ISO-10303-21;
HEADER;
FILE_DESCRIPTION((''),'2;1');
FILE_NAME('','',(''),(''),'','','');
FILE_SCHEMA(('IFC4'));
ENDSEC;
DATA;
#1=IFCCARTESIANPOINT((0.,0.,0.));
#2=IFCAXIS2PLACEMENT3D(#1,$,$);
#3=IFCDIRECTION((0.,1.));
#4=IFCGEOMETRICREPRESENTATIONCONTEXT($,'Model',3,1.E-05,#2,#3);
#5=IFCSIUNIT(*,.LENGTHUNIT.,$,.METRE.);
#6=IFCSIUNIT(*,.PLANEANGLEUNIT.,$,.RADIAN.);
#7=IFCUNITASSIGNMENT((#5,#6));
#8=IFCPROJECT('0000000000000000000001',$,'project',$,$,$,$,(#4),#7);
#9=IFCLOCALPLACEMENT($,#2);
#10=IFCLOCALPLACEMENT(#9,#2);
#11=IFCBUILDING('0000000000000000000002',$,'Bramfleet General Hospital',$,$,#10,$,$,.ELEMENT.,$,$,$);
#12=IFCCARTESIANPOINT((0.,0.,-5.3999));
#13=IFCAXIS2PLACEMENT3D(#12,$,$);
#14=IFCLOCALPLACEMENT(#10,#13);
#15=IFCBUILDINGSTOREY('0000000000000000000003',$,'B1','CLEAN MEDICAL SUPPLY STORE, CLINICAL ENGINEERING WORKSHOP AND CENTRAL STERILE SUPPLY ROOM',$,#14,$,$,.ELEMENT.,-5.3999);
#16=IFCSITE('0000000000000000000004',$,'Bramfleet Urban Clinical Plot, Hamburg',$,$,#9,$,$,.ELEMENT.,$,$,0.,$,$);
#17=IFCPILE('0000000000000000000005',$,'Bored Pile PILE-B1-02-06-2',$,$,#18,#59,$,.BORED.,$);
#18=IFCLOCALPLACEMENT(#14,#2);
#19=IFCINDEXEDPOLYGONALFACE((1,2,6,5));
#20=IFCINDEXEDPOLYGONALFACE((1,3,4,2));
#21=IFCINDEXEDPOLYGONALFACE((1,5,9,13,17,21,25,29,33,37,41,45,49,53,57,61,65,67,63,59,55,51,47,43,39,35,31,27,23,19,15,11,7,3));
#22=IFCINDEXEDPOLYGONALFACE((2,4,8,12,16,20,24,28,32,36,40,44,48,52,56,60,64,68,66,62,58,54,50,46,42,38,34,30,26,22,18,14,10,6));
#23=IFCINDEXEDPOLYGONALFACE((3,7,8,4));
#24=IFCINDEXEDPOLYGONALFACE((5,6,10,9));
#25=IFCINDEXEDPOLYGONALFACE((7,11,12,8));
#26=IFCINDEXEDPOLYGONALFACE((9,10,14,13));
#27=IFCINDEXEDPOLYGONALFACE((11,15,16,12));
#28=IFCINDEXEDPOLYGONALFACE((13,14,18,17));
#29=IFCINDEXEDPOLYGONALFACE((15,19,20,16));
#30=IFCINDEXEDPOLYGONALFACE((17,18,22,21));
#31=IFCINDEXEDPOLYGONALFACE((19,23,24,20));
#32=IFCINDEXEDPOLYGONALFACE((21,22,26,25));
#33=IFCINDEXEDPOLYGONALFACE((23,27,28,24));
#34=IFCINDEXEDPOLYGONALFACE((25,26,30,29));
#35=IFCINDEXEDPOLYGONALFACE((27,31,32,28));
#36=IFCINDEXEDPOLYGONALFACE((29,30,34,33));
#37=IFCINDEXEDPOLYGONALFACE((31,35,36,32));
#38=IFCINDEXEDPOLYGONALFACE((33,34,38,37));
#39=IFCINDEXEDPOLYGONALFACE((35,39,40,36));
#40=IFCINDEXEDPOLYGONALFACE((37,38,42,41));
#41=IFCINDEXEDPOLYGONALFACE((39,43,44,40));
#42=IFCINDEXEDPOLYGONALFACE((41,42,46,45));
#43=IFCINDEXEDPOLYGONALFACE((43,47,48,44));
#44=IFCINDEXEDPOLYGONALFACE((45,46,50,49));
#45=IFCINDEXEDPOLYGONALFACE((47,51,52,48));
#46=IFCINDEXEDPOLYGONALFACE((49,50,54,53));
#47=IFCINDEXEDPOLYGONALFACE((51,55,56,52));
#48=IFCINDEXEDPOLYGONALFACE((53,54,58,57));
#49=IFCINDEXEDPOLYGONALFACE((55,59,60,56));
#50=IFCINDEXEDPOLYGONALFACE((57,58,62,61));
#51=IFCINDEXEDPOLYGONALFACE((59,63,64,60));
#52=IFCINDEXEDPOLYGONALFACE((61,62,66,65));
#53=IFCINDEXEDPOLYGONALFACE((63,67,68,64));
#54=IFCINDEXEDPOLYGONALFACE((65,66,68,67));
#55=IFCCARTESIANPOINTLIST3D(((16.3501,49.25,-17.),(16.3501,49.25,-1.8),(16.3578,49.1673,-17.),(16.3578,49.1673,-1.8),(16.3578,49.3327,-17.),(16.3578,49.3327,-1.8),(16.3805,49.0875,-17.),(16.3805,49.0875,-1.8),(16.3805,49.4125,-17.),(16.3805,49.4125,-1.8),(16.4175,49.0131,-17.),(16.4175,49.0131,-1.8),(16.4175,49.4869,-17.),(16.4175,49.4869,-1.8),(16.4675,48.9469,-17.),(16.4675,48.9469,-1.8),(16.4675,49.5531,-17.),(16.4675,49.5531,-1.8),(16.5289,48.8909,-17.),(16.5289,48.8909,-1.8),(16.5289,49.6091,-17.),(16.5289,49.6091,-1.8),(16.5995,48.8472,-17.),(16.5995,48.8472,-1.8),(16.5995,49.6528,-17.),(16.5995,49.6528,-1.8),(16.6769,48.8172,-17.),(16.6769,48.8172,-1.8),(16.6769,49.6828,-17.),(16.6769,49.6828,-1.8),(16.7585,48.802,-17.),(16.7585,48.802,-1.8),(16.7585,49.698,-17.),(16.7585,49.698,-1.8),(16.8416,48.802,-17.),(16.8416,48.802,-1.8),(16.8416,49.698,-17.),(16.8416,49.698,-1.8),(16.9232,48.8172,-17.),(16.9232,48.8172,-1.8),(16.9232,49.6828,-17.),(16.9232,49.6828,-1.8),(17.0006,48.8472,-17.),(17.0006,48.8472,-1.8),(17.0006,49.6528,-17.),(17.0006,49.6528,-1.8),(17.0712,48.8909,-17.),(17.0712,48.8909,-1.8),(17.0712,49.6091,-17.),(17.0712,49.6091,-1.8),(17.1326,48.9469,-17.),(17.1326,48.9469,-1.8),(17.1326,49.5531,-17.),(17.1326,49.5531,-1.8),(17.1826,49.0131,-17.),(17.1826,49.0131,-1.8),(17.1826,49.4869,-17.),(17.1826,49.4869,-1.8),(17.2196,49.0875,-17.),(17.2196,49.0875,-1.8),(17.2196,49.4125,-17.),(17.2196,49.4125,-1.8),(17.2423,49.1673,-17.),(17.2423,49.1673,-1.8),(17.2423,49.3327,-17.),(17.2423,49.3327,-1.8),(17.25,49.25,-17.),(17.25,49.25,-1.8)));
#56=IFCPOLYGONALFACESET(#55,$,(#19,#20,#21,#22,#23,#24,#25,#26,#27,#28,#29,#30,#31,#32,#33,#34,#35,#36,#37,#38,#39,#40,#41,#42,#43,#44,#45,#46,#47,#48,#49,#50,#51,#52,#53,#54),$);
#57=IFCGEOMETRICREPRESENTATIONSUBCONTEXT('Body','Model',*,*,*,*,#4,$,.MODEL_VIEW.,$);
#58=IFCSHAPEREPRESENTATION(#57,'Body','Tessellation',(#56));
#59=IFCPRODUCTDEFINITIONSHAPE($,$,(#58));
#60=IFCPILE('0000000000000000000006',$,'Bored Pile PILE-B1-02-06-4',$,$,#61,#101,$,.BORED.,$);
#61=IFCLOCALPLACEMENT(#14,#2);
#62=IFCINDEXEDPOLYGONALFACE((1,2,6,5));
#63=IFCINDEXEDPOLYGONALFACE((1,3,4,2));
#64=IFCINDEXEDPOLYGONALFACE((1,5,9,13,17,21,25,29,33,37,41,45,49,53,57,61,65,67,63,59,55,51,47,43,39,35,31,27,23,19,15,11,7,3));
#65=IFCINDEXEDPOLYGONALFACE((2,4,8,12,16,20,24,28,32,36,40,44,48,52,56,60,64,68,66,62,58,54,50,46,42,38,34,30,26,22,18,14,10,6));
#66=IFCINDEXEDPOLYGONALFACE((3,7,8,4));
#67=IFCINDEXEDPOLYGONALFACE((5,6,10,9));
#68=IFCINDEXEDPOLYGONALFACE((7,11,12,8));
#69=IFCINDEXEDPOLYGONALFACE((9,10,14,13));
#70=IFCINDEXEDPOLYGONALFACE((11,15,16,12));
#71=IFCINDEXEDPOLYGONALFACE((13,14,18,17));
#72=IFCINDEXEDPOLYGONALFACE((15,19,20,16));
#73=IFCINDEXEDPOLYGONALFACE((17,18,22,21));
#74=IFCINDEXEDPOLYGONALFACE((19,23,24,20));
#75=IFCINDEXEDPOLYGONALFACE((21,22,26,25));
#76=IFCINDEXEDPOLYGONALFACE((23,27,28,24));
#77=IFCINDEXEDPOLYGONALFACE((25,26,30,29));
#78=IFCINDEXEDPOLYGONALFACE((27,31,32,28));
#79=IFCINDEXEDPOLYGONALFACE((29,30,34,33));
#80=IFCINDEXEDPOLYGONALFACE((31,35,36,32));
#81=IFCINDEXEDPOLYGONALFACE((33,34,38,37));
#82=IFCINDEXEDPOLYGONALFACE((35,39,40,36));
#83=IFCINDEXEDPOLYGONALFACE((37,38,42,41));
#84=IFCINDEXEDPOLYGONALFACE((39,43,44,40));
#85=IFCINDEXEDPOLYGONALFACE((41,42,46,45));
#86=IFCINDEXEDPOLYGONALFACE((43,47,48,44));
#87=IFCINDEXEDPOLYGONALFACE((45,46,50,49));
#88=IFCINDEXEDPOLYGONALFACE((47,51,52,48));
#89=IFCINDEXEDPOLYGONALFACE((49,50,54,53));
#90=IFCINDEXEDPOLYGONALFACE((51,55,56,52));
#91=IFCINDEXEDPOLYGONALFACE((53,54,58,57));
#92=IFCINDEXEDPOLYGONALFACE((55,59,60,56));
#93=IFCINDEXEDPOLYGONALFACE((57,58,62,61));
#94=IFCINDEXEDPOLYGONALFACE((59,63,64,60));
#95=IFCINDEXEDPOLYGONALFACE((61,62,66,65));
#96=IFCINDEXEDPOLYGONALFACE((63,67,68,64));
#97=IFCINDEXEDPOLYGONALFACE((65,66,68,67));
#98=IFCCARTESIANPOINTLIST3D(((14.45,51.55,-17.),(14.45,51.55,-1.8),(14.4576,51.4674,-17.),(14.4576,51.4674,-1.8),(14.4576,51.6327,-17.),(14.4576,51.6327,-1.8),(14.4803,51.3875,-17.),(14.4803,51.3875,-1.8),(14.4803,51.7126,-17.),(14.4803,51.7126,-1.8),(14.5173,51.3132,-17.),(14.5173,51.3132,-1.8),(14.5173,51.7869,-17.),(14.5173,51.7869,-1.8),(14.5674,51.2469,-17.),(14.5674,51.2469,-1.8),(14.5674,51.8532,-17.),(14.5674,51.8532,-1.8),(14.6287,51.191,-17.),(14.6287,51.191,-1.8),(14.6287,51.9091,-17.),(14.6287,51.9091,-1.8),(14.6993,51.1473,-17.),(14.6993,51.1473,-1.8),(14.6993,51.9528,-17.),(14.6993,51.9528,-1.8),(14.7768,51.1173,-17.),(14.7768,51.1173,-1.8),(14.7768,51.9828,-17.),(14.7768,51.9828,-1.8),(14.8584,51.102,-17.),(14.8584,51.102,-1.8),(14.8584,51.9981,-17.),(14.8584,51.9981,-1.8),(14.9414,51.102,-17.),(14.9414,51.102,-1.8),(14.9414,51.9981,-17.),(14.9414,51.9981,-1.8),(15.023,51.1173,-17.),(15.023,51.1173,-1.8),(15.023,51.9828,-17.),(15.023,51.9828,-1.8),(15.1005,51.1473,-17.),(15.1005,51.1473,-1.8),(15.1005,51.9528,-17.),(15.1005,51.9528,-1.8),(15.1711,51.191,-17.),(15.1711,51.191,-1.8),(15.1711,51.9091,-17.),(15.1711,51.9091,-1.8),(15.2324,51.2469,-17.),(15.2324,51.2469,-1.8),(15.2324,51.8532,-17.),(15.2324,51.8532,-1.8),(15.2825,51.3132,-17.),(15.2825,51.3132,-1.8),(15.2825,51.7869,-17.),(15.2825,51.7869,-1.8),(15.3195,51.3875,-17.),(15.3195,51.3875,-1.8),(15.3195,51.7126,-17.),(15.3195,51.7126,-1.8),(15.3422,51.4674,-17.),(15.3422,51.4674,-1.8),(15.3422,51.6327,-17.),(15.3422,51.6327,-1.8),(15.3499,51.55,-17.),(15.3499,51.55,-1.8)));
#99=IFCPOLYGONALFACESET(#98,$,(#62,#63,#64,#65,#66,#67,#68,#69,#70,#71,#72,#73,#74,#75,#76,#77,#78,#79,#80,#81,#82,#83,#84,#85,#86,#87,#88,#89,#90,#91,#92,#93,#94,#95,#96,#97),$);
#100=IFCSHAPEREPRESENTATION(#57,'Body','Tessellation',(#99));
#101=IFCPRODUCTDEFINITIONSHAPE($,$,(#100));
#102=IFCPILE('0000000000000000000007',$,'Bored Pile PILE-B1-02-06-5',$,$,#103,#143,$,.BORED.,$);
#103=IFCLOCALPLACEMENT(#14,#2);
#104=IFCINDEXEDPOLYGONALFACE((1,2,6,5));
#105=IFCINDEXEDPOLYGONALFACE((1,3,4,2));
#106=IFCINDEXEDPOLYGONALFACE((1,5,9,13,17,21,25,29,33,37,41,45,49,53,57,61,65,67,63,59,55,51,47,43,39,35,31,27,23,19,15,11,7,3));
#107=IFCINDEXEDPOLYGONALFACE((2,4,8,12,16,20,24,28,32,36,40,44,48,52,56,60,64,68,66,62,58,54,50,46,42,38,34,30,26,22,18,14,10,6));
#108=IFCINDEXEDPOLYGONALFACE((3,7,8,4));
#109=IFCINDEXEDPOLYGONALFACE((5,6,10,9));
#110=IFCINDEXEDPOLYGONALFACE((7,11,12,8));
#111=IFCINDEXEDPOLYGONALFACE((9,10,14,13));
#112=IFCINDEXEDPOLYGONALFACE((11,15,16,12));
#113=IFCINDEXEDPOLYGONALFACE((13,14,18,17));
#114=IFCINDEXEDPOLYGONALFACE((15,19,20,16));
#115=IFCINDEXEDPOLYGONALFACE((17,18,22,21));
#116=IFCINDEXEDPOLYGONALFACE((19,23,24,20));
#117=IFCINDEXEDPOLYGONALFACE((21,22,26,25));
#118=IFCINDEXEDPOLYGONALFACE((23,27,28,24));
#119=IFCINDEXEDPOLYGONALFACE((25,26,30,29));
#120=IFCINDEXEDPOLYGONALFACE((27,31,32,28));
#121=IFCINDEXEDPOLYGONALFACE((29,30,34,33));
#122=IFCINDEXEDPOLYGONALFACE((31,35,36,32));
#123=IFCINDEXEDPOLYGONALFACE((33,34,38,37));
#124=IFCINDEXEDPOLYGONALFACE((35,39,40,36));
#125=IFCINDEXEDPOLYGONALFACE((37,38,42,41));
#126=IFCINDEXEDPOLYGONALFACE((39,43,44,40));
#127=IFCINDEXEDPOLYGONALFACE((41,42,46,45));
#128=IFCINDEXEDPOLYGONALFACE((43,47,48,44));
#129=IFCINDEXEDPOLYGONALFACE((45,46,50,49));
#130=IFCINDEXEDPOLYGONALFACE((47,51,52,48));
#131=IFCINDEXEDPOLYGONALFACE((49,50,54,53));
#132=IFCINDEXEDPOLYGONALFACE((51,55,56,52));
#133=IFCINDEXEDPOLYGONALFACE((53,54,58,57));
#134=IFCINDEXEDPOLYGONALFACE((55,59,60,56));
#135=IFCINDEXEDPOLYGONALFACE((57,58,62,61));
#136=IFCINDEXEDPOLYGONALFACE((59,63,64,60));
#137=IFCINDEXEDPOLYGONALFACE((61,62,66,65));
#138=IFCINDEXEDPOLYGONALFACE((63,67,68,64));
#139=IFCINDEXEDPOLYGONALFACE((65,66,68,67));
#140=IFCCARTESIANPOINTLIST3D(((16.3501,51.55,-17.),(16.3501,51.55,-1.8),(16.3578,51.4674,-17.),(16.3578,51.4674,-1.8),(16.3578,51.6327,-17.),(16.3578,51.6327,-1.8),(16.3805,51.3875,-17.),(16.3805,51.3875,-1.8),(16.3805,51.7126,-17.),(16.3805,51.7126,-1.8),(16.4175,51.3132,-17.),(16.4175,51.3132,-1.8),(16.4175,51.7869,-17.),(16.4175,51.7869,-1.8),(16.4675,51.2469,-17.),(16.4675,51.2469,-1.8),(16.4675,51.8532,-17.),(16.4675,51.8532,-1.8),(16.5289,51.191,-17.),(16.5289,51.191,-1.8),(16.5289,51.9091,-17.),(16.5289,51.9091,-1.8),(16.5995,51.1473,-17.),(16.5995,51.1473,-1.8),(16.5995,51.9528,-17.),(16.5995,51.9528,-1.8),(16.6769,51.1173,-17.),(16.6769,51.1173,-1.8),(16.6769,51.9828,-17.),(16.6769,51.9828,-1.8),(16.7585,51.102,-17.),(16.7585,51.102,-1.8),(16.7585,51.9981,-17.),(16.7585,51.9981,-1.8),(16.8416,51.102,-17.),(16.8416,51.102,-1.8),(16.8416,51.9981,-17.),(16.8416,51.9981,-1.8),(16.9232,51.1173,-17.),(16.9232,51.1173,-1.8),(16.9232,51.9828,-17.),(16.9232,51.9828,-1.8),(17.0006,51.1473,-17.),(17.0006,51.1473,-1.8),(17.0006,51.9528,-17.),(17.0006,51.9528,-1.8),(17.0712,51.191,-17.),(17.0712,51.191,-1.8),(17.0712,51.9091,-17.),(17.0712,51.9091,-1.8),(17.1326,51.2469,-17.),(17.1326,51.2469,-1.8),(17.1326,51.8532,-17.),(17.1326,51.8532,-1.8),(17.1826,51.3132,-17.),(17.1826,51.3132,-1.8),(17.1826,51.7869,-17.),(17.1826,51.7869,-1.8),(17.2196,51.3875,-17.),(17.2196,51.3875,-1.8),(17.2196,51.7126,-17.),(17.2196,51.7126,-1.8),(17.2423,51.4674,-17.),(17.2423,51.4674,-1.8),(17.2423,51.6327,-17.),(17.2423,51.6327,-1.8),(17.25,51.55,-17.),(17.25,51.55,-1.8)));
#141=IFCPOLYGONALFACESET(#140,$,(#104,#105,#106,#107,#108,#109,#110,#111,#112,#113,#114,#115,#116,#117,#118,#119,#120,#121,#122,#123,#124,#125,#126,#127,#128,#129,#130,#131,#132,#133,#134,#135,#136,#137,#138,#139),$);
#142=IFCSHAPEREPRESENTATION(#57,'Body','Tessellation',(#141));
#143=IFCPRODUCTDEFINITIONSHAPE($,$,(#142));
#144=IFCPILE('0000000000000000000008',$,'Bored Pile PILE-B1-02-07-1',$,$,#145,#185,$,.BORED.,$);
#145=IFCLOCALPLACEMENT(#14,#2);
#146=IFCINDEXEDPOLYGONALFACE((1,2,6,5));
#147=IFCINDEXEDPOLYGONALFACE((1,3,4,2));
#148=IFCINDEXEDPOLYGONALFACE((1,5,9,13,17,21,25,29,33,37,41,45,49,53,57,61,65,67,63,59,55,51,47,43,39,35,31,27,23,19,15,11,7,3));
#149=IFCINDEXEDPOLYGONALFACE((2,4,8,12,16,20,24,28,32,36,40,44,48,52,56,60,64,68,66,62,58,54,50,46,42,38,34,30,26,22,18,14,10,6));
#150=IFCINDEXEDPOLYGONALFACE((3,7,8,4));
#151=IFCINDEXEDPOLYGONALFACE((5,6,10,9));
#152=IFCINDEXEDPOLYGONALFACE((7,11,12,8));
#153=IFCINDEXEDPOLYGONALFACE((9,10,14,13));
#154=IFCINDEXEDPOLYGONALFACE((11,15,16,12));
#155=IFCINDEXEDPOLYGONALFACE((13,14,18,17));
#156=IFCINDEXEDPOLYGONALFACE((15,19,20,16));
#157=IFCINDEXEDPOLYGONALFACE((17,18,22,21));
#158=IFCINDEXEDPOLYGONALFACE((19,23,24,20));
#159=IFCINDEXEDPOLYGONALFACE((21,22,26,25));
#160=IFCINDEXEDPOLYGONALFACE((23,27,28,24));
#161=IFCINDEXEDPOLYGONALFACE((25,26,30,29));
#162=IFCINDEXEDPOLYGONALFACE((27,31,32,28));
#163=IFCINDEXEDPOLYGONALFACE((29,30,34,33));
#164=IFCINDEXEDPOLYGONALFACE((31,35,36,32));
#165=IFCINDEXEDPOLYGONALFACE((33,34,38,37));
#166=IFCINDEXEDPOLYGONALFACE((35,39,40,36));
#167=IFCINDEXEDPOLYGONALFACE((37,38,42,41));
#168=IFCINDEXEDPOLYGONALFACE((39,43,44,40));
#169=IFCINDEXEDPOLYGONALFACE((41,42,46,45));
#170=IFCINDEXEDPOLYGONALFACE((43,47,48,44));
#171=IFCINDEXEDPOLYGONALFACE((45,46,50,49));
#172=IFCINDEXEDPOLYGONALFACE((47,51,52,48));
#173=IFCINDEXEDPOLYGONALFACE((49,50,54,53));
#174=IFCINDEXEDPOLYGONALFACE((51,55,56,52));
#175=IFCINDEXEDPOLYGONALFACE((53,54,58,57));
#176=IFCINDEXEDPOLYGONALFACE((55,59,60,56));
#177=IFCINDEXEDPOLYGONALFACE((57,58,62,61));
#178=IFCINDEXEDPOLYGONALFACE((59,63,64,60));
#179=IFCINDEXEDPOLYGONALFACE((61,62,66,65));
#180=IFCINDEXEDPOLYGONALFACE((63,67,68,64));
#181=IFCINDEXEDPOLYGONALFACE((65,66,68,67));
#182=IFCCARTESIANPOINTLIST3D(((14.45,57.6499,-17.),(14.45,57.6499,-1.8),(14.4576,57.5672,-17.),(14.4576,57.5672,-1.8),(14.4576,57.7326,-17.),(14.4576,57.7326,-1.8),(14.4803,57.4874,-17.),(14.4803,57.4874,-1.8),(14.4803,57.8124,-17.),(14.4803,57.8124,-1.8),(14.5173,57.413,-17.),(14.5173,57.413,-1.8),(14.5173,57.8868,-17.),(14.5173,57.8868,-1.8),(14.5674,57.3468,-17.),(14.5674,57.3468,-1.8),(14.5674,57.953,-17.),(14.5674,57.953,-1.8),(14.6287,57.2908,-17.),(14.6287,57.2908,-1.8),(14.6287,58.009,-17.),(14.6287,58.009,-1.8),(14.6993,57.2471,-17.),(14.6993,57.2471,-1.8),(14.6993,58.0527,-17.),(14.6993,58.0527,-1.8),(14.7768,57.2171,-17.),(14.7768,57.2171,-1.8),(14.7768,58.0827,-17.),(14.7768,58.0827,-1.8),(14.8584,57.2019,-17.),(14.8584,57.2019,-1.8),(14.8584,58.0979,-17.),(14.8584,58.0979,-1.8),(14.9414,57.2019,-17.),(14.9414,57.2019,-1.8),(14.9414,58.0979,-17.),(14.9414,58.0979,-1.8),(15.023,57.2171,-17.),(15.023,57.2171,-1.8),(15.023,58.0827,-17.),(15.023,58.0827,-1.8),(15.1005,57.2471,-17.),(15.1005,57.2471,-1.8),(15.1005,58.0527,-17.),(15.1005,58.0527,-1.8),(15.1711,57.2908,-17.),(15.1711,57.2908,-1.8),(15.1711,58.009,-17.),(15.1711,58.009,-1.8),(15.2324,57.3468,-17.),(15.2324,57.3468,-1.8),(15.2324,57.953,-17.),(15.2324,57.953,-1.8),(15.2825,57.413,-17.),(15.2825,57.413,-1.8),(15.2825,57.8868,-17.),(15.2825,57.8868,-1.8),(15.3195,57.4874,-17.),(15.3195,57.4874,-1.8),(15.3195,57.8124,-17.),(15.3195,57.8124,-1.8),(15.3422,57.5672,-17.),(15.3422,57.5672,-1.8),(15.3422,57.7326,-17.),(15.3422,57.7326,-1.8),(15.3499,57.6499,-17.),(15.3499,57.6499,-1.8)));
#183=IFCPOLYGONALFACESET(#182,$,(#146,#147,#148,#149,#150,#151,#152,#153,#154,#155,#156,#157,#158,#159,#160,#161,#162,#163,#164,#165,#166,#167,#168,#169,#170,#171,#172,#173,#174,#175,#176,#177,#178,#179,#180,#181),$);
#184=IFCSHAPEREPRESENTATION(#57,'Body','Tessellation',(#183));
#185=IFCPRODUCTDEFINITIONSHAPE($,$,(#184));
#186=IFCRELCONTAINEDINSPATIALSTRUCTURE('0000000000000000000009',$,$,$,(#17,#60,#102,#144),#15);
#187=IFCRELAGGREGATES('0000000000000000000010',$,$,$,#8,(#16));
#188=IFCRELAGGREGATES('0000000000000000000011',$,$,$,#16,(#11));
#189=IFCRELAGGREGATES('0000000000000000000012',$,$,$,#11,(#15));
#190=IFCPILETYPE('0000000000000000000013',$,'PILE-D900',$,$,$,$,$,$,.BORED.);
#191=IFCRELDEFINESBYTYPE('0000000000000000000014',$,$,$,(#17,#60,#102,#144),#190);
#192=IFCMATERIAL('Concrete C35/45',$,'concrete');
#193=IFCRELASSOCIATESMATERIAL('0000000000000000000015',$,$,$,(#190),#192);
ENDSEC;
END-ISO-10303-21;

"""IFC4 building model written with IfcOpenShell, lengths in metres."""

from ifc_helpers import new_model, si_unit, direction, frame, origin, origin_2d, place, context, subcontext, project, spatial, circle, extrude, material, material_profile, profile_set, type_object, element, save


model = new_model("IFC4")

# Units and contexts
model_context = context("Model", 3, precision=1e-05, world=origin(), true_north=direction((0.0, 1.0)))
body_context = subcontext(model_context, "Body", "Model", "MODEL_VIEW")
ifc_project = project(units=[si_unit("LENGTHUNIT", "METRE"), si_unit("PLANEANGLEUNIT", "RADIAN")], contexts=[model_context])

# Site, building, storey
site_placement = place(None, origin())
site = spatial("IfcSite", under=ifc_project, at=site_placement, Name="Bramfleet Urban Clinical Plot, Hamburg", CompositionType="ELEMENT", RefElevation=0.0)
building_placement = place(site_placement, origin())
building = spatial("IfcBuilding", under=site, at=building_placement, Name="Bramfleet General Hospital", CompositionType="ELEMENT")
storey_placement = place(building_placement, frame((0.0, 0.0, -5.3999)))
storey = spatial("IfcBuildingStorey", under=building, at=storey_placement, Name="B1", Description="CLEAN MEDICAL SUPPLY STORE, CLINICAL ENGINEERING WORKSHOP AND CENTRAL STERILE SUPPLY ROOM", CompositionType="ELEMENT", Elevation=-5.3999)

# Shared definitions
ifc_material_1 = material(Name="Concrete C35/45", Category="concrete")

# Piles
ifc_material_profile_1 = material_profile(ifc_material_1, circle(Radius=0.45, at=origin_2d()), Name="PILE BORED D900")
ifc_profile_set_1 = profile_set([ifc_material_profile_1], Name="Concrete C35/45")
pile_type_1 = type_object("IfcPileType", Name="PILE-D900", PredefinedType="BORED", material=ifc_profile_set_1)
for number, where, z_axis, x_axis, name in (
    (1, (16.8, 49.25, -1.8), (0.0, 0.0, -1.0), (1.0, 0.0, 0.0), "Bored Pile PILE-B1-02-06-2"),
    (2, (14.8999, 51.55, -1.8), (0.0, 0.0, -1.0), (1.0, 0.0, 0.0), "Bored Pile PILE-B1-02-06-4"),
    (3, (16.8, 51.55, -1.8), (0.0, 0.0, -1.0), (1.0, 0.0, 0.0), "Bored Pile PILE-B1-02-06-5"),
    (4, (14.8999, 57.6499, -1.8), (0.0, 0.0, -1.0), (1.0, 0.0, 0.0), "Bored Pile PILE-B1-02-07-1"),
):
    element("IfcPile", number, at=place(storey_placement, frame(where, z_axis=z_axis, x_axis=x_axis)), inside=storey, type_object=pile_type_1, Name=name, PredefinedType="BORED", context=body_context, shape_type="SweptSolid", body=[
        extrude(circle(Radius=0.45, at=origin_2d()), origin(), (0.0, 0.0, 1.0), 15.2),
    ])

save(model, "model.ifc")
